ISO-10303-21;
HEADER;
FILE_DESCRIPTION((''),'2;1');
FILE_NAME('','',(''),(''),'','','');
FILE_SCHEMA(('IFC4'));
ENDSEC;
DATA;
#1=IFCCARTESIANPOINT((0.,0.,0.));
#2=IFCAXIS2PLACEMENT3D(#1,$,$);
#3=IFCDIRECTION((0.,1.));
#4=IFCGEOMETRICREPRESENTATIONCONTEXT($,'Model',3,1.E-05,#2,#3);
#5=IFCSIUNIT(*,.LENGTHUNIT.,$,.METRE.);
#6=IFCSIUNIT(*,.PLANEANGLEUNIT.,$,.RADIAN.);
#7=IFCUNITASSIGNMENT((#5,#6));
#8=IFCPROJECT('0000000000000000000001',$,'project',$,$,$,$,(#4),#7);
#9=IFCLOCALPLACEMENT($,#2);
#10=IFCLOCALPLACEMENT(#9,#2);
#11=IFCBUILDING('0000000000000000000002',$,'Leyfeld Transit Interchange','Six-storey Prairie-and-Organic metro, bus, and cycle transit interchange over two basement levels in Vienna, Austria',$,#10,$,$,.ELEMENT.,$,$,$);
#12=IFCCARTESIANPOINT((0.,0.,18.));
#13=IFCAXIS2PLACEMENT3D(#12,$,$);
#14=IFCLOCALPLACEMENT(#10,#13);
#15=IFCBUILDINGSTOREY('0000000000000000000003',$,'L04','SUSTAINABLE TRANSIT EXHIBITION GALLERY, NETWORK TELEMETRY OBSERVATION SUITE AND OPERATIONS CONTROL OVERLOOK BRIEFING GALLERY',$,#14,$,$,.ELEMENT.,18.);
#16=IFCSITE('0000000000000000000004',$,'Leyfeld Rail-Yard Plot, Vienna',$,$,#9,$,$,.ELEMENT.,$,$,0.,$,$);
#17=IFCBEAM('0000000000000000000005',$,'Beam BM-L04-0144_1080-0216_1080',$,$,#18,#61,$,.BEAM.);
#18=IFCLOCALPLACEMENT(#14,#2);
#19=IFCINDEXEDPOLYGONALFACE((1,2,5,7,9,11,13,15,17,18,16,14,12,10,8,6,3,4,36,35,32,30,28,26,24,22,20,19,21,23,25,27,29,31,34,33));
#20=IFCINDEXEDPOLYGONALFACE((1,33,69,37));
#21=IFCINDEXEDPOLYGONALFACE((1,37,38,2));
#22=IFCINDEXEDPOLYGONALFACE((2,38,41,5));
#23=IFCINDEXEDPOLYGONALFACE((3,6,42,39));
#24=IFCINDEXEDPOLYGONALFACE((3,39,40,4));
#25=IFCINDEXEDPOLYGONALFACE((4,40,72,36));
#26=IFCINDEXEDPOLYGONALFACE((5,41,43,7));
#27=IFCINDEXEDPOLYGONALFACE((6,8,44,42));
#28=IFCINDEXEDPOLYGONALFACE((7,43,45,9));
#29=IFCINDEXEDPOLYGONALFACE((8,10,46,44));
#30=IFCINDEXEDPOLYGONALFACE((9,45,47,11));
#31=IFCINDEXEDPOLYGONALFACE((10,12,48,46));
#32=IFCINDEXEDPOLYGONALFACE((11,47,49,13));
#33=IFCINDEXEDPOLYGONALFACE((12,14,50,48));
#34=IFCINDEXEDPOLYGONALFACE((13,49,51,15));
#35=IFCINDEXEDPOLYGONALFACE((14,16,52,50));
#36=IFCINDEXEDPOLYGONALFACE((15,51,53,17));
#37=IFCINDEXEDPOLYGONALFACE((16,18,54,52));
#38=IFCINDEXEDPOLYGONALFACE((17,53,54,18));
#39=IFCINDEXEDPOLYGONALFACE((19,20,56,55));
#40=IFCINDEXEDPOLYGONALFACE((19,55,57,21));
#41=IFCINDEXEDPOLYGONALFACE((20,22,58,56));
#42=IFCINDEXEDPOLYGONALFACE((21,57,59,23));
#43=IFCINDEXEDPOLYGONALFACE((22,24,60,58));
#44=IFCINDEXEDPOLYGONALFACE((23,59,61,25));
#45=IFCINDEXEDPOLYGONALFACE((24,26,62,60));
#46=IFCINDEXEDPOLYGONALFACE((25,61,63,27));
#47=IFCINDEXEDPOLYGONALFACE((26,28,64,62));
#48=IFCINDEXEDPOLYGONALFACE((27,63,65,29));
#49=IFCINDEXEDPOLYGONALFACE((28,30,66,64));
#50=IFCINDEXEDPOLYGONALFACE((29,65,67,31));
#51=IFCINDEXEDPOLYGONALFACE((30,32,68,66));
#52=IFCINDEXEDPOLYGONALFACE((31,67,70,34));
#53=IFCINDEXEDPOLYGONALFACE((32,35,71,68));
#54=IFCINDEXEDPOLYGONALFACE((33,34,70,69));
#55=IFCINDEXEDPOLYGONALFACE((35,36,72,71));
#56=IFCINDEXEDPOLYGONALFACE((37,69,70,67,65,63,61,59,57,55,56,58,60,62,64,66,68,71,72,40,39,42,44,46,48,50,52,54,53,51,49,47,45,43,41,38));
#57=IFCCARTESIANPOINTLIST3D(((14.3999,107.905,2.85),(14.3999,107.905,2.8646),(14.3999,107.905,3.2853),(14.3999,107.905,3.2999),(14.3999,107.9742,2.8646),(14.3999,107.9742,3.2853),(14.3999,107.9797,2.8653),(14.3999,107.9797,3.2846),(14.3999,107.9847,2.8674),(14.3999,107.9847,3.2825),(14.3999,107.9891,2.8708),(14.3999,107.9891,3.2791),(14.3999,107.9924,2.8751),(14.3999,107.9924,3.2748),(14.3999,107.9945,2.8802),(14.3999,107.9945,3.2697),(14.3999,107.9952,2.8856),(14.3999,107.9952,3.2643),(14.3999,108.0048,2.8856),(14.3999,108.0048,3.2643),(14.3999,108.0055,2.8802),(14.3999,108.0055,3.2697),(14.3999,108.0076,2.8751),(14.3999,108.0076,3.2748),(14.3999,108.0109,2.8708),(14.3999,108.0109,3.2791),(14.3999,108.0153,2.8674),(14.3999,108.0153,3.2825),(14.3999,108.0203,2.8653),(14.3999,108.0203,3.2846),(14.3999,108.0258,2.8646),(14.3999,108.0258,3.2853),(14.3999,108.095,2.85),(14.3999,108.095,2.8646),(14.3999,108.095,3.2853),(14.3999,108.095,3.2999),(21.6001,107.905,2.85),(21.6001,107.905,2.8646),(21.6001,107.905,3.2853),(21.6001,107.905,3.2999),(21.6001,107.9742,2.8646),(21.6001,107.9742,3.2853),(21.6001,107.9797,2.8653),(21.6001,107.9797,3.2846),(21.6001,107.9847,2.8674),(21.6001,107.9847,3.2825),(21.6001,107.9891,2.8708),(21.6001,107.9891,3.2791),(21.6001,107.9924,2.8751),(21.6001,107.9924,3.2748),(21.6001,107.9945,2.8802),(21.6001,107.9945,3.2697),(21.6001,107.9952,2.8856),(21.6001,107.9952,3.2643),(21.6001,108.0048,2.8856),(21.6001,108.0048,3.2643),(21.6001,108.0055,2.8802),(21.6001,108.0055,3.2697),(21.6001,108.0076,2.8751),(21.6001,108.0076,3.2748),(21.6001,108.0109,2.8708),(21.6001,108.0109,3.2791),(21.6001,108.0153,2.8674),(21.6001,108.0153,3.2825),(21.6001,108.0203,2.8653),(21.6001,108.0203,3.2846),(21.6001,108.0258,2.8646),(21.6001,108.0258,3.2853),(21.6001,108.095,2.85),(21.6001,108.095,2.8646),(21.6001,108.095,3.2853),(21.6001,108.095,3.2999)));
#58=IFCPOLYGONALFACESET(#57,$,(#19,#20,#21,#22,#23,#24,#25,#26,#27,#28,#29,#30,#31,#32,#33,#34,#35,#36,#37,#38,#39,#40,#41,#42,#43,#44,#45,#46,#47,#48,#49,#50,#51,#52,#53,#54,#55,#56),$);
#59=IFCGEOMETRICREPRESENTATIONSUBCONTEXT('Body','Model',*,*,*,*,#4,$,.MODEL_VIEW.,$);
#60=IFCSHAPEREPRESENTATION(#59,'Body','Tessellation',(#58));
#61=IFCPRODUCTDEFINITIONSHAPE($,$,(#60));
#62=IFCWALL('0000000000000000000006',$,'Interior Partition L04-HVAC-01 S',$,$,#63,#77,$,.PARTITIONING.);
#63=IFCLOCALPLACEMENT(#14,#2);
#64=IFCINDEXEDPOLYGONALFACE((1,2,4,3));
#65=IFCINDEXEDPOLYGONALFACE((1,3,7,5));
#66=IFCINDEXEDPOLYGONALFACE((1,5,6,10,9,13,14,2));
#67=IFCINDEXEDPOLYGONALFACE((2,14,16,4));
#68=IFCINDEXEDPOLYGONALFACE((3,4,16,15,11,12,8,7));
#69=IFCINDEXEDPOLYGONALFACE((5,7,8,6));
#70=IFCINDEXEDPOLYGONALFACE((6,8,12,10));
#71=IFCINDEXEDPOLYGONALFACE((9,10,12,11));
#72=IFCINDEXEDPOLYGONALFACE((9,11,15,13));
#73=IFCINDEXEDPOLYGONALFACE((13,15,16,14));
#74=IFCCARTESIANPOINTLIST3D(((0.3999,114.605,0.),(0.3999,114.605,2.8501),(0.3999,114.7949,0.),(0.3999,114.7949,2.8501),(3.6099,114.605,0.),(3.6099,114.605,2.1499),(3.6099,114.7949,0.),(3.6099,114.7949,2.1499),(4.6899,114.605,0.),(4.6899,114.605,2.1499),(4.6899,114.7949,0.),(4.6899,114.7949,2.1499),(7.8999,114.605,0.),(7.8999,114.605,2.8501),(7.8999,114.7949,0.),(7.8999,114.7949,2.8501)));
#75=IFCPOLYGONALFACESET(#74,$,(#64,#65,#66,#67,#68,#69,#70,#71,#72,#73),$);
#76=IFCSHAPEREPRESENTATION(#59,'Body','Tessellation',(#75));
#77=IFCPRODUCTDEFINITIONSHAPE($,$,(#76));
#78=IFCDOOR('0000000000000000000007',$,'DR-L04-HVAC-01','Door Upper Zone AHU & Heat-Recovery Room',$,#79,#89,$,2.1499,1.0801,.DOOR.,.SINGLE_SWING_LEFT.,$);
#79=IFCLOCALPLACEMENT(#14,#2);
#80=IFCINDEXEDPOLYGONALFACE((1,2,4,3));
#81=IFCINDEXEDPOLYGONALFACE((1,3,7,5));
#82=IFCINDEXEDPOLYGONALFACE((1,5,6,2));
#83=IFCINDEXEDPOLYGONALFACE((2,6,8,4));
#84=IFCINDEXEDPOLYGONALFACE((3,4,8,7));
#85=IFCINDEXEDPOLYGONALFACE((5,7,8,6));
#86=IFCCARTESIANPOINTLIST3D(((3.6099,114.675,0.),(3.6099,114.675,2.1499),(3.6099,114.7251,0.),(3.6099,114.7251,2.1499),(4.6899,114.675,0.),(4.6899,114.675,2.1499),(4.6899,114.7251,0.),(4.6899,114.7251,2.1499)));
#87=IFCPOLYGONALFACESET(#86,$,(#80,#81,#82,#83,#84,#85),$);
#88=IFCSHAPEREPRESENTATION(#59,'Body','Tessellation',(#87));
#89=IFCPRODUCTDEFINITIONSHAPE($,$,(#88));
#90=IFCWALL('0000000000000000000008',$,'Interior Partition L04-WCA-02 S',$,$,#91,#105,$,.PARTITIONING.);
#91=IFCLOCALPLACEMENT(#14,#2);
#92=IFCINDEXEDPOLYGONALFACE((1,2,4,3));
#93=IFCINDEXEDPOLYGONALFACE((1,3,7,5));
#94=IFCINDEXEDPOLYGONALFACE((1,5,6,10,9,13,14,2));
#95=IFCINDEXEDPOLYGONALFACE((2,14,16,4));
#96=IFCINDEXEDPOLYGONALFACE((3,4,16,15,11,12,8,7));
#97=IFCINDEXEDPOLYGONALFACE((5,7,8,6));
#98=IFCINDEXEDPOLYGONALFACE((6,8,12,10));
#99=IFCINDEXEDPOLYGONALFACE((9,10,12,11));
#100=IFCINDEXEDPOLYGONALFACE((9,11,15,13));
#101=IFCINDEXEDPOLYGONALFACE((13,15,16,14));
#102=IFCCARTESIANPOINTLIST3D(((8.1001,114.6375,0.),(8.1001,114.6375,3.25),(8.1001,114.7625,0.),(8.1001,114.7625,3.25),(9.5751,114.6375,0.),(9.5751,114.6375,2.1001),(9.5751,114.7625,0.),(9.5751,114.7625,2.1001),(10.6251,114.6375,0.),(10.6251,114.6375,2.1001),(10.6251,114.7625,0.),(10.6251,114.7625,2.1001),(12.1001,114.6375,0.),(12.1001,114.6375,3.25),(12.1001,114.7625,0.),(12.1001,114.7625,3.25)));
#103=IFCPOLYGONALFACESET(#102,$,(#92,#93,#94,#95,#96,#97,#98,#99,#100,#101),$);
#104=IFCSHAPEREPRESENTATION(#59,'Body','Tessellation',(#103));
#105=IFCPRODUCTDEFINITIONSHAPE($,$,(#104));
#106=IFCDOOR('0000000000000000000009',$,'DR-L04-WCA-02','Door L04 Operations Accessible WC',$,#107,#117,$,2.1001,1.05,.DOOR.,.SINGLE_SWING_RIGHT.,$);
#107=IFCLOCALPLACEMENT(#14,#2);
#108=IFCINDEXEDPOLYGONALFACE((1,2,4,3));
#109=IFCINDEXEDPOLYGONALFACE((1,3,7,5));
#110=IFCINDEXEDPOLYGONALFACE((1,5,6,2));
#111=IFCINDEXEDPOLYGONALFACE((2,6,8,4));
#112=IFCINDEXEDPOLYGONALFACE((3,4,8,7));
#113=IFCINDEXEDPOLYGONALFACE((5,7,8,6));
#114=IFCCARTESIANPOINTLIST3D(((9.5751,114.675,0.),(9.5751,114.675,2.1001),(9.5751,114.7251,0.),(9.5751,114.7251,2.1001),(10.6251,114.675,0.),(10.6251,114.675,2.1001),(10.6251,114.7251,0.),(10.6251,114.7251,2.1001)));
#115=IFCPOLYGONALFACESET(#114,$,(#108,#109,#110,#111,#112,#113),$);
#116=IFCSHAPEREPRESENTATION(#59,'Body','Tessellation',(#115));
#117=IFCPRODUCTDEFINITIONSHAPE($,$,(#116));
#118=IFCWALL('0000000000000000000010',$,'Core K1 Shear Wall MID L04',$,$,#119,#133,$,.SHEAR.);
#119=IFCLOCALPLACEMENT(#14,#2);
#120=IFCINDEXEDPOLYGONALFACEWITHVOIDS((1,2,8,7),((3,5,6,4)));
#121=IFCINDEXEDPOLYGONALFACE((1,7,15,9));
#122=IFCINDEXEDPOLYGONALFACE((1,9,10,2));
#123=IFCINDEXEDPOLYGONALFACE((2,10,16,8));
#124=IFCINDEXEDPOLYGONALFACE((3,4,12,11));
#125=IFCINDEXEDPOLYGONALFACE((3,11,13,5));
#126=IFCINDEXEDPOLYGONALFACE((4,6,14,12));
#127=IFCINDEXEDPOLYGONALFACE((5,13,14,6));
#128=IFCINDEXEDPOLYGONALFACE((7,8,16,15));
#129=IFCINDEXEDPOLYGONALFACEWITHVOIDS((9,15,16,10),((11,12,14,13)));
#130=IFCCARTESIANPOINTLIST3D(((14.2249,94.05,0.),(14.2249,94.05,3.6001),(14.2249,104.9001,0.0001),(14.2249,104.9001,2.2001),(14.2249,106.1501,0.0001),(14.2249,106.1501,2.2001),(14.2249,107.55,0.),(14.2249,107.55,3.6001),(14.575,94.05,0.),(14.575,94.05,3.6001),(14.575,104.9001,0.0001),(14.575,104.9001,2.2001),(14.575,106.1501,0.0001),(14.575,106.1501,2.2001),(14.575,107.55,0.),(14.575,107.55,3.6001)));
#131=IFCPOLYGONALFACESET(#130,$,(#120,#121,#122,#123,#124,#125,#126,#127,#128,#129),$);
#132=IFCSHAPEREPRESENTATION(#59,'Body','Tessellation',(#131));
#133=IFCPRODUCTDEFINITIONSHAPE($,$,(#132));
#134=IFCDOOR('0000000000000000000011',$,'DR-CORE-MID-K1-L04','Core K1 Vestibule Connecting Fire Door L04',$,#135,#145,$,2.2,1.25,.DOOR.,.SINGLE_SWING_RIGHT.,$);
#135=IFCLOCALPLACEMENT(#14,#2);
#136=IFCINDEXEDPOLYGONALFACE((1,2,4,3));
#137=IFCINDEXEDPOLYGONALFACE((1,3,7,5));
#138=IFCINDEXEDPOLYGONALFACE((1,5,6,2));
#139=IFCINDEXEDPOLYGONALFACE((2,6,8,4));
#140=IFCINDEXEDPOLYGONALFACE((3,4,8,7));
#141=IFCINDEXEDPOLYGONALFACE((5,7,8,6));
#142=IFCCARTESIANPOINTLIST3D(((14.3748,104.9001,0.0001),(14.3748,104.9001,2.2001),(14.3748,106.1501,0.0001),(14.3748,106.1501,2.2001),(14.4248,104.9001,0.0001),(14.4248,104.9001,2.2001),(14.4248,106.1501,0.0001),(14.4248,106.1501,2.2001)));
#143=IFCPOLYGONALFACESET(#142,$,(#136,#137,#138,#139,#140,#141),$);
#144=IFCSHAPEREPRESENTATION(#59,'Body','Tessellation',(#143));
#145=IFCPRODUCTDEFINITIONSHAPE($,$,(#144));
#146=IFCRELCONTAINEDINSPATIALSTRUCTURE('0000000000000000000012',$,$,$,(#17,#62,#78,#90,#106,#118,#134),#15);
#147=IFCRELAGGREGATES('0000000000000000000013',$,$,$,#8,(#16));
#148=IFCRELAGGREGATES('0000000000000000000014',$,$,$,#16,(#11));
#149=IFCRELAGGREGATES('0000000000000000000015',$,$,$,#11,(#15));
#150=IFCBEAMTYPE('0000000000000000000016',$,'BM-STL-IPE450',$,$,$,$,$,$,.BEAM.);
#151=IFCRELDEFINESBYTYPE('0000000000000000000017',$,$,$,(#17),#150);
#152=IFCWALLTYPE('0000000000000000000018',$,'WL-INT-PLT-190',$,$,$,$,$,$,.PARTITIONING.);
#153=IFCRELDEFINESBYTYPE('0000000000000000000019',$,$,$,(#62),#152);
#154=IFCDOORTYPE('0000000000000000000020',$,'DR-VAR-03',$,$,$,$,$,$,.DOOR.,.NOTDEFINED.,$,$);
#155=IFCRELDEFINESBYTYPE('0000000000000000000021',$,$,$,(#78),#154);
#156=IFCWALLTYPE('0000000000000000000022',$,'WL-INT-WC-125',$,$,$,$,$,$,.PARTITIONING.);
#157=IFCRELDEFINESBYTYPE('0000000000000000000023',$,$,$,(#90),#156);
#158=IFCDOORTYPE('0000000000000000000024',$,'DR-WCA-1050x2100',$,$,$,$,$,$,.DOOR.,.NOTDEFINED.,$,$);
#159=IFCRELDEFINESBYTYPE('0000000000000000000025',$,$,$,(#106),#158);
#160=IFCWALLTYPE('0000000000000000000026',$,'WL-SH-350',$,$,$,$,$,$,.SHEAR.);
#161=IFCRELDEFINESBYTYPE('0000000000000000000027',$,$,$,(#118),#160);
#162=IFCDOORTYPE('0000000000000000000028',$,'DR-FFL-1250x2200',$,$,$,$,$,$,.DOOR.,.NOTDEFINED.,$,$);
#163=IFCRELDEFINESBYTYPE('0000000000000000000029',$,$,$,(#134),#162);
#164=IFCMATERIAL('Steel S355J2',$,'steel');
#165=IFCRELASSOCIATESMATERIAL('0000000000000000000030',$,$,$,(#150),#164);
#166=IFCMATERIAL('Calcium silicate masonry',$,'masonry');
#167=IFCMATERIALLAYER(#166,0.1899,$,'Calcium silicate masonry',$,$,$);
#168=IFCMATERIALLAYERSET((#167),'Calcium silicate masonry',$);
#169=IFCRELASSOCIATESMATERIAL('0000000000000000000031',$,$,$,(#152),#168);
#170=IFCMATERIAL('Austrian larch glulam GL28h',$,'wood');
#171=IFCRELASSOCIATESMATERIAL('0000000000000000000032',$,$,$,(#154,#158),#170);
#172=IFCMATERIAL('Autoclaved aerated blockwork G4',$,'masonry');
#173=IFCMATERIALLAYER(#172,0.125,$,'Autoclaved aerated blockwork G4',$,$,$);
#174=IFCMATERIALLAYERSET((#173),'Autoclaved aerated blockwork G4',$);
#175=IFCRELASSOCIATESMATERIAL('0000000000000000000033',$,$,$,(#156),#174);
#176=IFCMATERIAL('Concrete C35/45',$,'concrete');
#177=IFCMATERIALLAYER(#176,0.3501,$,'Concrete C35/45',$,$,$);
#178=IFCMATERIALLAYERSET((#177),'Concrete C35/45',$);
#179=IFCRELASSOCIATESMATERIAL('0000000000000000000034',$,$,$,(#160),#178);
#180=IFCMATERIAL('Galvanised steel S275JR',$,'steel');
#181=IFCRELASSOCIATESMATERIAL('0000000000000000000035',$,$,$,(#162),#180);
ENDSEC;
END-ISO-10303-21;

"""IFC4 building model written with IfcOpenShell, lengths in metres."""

from ifc_helpers import new_model, si_unit, direction, frame, frame_2d, origin, origin_2d, place, context, subcontext, project, spatial, rectangle, i_section, extrude, material, layer, layer_set, material_profile, profile_set, type_object, element, fill, save


model = new_model("IFC4")

# Units and contexts
model_context = context("Model", 3, precision=1e-05, world=origin(), true_north=direction((0.0, 1.0)))
body_context = subcontext(model_context, "Body", "Model", "MODEL_VIEW")
ifc_project = project(units=[si_unit("LENGTHUNIT", "METRE"), si_unit("PLANEANGLEUNIT", "RADIAN")], contexts=[model_context])

# Site, building, storey
site_placement = place(None, origin())
site = spatial("IfcSite", under=ifc_project, at=site_placement, Name="Leyfeld Rail-Yard Plot, Vienna", CompositionType="ELEMENT", RefElevation=0.0)
building_placement = place(site_placement, origin())
building = spatial("IfcBuilding", under=site, at=building_placement, Name="Leyfeld Transit Interchange", Description="Six-storey Prairie-and-Organic metro, bus, and cycle transit interchange over two basement levels in Vienna, Austria", CompositionType="ELEMENT")
storey_placement = place(building_placement, frame((0.0, 0.0, 18.0)))
storey = spatial("IfcBuildingStorey", under=building, at=storey_placement, Name="L04", Description="SUSTAINABLE TRANSIT EXHIBITION GALLERY, NETWORK TELEMETRY OBSERVATION SUITE AND OPERATIONS CONTROL OVERLOOK BRIEFING GALLERY", CompositionType="ELEMENT", Elevation=18.0)

# Shared definitions
ifc_material_1 = material(Name="Steel S355J2", Category="steel")

# Beam
ifc_material_profile_1 = material_profile(ifc_material_1, i_section(OverallWidth=0.1899, OverallDepth=0.45, WebThickness=0.0095, FlangeThickness=0.0146, FilletRadius=0.021, at=origin_2d()), Name="IPE 450")
ifc_profile_set_1 = profile_set([ifc_material_profile_1], Name="Steel S355J2")
beam_type_1 = type_object("IfcBeamType", Name="BM-STL-IPE450", PredefinedType="BEAM", material=ifc_profile_set_1)
beam_1_placement = place(storey_placement, frame((14.3999, 108.0, 3.075), z_axis=(1.0, 0.0, 0.0), x_axis=(0.0, 1.0, 0.0)))
element("IfcBeam", 1, at=beam_1_placement, inside=storey, type_object=beam_type_1, Name="Beam BM-L04-0144_1080-0216_1080", PredefinedType="BEAM", context=body_context, shape_type="SweptSolid", body=[
    extrude(i_section(OverallWidth=0.1899, OverallDepth=0.45, WebThickness=0.0095, FlangeThickness=0.0146, FilletRadius=0.021, at=origin_2d()), origin(), (0.0, 0.0, 1.0), 7.2002),
])

# Walls, openings, doors
ifc_material_2 = material(Name="Calcium silicate masonry", Category="masonry")
ifc_layer_1 = layer(ifc_material_2, 0.1899, Name="Calcium silicate masonry")
ifc_layer_set_1 = layer_set([ifc_layer_1], Name="Calcium silicate masonry")
wall_type_1 = type_object("IfcWallType", Name="WL-INT-PLT-190", PredefinedType="PARTITIONING", material=ifc_layer_set_1)
wall_1_placement = place(storey_placement, frame((7.8999, 114.7, 0.0), z_axis=(0.0, 0.0, 1.0), x_axis=(-1.0, 0.0, 0.0)))
wall_1 = element("IfcWall", 2, at=wall_1_placement, inside=storey, type_object=wall_type_1, Name="Interior Partition L04-HVAC-01 S", PredefinedType="PARTITIONING", context=body_context, shape_type="SweptSolid", body=[
    extrude(rectangle(XDim=7.5, YDim=0.1899, at=frame_2d((3.75, 0.0))), origin(), (0.0, 0.0, 1.0), 2.8501),
])
opening_1_placement = place(wall_1_placement, frame((3.21, 0.0, 0.0)))
opening_1 = element("IfcOpeningElement", 3, at=opening_1_placement, cuts=wall_1, PredefinedType="OPENING", context=body_context, shape_type="SweptSolid", body=[
    extrude(rectangle(XDim=1.0801, YDim=2.1499, at=frame_2d((0.54, 1.075))), frame((0.0, 0.105, 0.0), z_axis=(0.0, -1.0, 0.0), x_axis=(1.0, 0.0, 0.0)), (0.0, 0.0, 1.0), 0.21),
])
ifc_material_3 = material(Name="Austrian larch glulam GL28h", Category="wood")
door_type_1 = type_object("IfcDoorType", Name="DR-VAR-03", OperationType="NOTDEFINED", PredefinedType="DOOR", material=ifc_material_3)
door_1_placement = place(opening_1_placement, origin())
door_1 = element("IfcDoor", 4, at=door_1_placement, inside=storey, type_object=door_type_1, Name="DR-L04-HVAC-01", Description="Door Upper Zone AHU & Heat-Recovery Room", OperationType="SINGLE_SWING_LEFT", OverallHeight=2.1499, OverallWidth=1.0801, PredefinedType="DOOR", context=body_context, shape_type="SweptSolid", body=[
    extrude(rectangle(XDim=1.0801, YDim=2.1499, at=frame_2d((0.54, 1.075))), frame((0.0, 0.0249, 0.0), z_axis=(0.0, -1.0, 0.0), x_axis=(1.0, 0.0, 0.0)), (0.0, 0.0, 1.0), 0.05),
])
fill(opening_1, door_1)
ifc_material_4 = material(Name="Autoclaved aerated blockwork G4", Category="masonry")
ifc_layer_2 = layer(ifc_material_4, 0.125, Name="Autoclaved aerated blockwork G4")
ifc_layer_set_2 = layer_set([ifc_layer_2], Name="Autoclaved aerated blockwork G4")
wall_type_2 = type_object("IfcWallType", Name="WL-INT-WC-125", PredefinedType="PARTITIONING", material=ifc_layer_set_2)
wall_2_placement = place(storey_placement, frame((12.1001, 114.7, 0.0), z_axis=(0.0, 0.0, 1.0), x_axis=(-1.0, 0.0, 0.0)))
wall_2 = element("IfcWall", 5, at=wall_2_placement, inside=storey, type_object=wall_type_2, Name="Interior Partition L04-WCA-02 S", PredefinedType="PARTITIONING", context=body_context, shape_type="SweptSolid", body=[
    extrude(rectangle(XDim=4.0, YDim=0.125, at=frame_2d((2.0, 0.0))), origin(), (0.0, 0.0, 1.0), 3.25),
])
opening_2_placement = place(wall_2_placement, frame((1.4751, 0.0, 0.0)))
opening_2 = element("IfcOpeningElement", 6, at=opening_2_placement, cuts=wall_2, PredefinedType="OPENING", context=body_context, shape_type="SweptSolid", body=[
    extrude(rectangle(XDim=1.05, YDim=2.1001, at=frame_2d((0.5249, 1.05))), frame((0.0, 0.0725, 0.0), z_axis=(0.0, -1.0, 0.0), x_axis=(1.0, 0.0, 0.0)), (0.0, 0.0, 1.0), 0.145),
])
door_type_2 = type_object("IfcDoorType", Name="DR-WCA-1050x2100", OperationType="NOTDEFINED", PredefinedType="DOOR", material=ifc_material_3)
door_2_placement = place(opening_2_placement, origin())
door_2 = element("IfcDoor", 7, at=door_2_placement, inside=storey, type_object=door_type_2, Name="DR-L04-WCA-02", Description="Door L04 Operations Accessible WC", OperationType="SINGLE_SWING_RIGHT", OverallHeight=2.1001, OverallWidth=1.05, PredefinedType="DOOR", context=body_context, shape_type="SweptSolid", body=[
    extrude(rectangle(XDim=1.05, YDim=2.1001, at=frame_2d((0.5249, 1.05))), frame((0.0, 0.0249, 0.0), z_axis=(0.0, -1.0, 0.0), x_axis=(1.0, 0.0, 0.0)), (0.0, 0.0, 1.0), 0.05),
])
fill(opening_2, door_2)
ifc_material_5 = material(Name="Concrete C35/45", Category="concrete")
ifc_layer_3 = layer(ifc_material_5, 0.3501, Name="Concrete C35/45")
ifc_layer_set_3 = layer_set([ifc_layer_3], Name="Concrete C35/45")
wall_type_3 = type_object("IfcWallType", Name="WL-SH-350", PredefinedType="SHEAR", material=ifc_layer_set_3)
wall_3_placement = place(storey_placement, frame((14.3999, 107.55, 0.0), z_axis=(0.0, 0.0, 1.0), x_axis=(0.0, -1.0, 0.0)))
wall_3 = element("IfcWall", 8, at=wall_3_placement, inside=storey, type_object=wall_type_3, Name="Core K1 Shear Wall MID L04", PredefinedType="SHEAR", context=body_context, shape_type="SweptSolid", body=[
    extrude(rectangle(XDim=13.5, YDim=0.3501, at=frame_2d((6.75, 0.0))), origin(), (0.0, 0.0, 1.0), 3.6001),
])
opening_3_placement = place(wall_3_placement, frame((1.3999, 0.0, 0.0)))
opening_3 = element("IfcOpeningElement", 9, at=opening_3_placement, cuts=wall_3, PredefinedType="OPENING", context=body_context, shape_type="SweptSolid", body=[
    extrude(rectangle(XDim=1.25, YDim=2.2, at=frame_2d((0.625, 1.1001))), frame((0.0, 0.1851, 0.0), z_axis=(0.0, -1.0, 0.0), x_axis=(1.0, 0.0, 0.0)), (0.0, 0.0, 1.0), 0.3701),
])
ifc_material_6 = material(Name="Galvanised steel S275JR", Category="steel")
door_type_3 = type_object("IfcDoorType", Name="DR-FFL-1250x2200", OperationType="NOTDEFINED", PredefinedType="DOOR", material=ifc_material_6)
door_3_placement = place(opening_3_placement, origin())
door_3 = element("IfcDoor", 10, at=door_3_placement, inside=storey, type_object=door_type_3, Name="DR-CORE-MID-K1-L04", Description="Core K1 Vestibule Connecting Fire Door L04", OperationType="SINGLE_SWING_RIGHT", OverallHeight=2.2, OverallWidth=1.25, PredefinedType="DOOR", context=body_context, shape_type="SweptSolid", body=[
    extrude(rectangle(XDim=1.25, YDim=2.2, at=frame_2d((0.625, 1.1001))), frame((0.0, 0.0249, 0.0), z_axis=(0.0, -1.0, 0.0), x_axis=(1.0, 0.0, 0.0)), (0.0, 0.0, 1.0), 0.05),
])
fill(opening_3, door_3)

save(model, "model.ifc")
